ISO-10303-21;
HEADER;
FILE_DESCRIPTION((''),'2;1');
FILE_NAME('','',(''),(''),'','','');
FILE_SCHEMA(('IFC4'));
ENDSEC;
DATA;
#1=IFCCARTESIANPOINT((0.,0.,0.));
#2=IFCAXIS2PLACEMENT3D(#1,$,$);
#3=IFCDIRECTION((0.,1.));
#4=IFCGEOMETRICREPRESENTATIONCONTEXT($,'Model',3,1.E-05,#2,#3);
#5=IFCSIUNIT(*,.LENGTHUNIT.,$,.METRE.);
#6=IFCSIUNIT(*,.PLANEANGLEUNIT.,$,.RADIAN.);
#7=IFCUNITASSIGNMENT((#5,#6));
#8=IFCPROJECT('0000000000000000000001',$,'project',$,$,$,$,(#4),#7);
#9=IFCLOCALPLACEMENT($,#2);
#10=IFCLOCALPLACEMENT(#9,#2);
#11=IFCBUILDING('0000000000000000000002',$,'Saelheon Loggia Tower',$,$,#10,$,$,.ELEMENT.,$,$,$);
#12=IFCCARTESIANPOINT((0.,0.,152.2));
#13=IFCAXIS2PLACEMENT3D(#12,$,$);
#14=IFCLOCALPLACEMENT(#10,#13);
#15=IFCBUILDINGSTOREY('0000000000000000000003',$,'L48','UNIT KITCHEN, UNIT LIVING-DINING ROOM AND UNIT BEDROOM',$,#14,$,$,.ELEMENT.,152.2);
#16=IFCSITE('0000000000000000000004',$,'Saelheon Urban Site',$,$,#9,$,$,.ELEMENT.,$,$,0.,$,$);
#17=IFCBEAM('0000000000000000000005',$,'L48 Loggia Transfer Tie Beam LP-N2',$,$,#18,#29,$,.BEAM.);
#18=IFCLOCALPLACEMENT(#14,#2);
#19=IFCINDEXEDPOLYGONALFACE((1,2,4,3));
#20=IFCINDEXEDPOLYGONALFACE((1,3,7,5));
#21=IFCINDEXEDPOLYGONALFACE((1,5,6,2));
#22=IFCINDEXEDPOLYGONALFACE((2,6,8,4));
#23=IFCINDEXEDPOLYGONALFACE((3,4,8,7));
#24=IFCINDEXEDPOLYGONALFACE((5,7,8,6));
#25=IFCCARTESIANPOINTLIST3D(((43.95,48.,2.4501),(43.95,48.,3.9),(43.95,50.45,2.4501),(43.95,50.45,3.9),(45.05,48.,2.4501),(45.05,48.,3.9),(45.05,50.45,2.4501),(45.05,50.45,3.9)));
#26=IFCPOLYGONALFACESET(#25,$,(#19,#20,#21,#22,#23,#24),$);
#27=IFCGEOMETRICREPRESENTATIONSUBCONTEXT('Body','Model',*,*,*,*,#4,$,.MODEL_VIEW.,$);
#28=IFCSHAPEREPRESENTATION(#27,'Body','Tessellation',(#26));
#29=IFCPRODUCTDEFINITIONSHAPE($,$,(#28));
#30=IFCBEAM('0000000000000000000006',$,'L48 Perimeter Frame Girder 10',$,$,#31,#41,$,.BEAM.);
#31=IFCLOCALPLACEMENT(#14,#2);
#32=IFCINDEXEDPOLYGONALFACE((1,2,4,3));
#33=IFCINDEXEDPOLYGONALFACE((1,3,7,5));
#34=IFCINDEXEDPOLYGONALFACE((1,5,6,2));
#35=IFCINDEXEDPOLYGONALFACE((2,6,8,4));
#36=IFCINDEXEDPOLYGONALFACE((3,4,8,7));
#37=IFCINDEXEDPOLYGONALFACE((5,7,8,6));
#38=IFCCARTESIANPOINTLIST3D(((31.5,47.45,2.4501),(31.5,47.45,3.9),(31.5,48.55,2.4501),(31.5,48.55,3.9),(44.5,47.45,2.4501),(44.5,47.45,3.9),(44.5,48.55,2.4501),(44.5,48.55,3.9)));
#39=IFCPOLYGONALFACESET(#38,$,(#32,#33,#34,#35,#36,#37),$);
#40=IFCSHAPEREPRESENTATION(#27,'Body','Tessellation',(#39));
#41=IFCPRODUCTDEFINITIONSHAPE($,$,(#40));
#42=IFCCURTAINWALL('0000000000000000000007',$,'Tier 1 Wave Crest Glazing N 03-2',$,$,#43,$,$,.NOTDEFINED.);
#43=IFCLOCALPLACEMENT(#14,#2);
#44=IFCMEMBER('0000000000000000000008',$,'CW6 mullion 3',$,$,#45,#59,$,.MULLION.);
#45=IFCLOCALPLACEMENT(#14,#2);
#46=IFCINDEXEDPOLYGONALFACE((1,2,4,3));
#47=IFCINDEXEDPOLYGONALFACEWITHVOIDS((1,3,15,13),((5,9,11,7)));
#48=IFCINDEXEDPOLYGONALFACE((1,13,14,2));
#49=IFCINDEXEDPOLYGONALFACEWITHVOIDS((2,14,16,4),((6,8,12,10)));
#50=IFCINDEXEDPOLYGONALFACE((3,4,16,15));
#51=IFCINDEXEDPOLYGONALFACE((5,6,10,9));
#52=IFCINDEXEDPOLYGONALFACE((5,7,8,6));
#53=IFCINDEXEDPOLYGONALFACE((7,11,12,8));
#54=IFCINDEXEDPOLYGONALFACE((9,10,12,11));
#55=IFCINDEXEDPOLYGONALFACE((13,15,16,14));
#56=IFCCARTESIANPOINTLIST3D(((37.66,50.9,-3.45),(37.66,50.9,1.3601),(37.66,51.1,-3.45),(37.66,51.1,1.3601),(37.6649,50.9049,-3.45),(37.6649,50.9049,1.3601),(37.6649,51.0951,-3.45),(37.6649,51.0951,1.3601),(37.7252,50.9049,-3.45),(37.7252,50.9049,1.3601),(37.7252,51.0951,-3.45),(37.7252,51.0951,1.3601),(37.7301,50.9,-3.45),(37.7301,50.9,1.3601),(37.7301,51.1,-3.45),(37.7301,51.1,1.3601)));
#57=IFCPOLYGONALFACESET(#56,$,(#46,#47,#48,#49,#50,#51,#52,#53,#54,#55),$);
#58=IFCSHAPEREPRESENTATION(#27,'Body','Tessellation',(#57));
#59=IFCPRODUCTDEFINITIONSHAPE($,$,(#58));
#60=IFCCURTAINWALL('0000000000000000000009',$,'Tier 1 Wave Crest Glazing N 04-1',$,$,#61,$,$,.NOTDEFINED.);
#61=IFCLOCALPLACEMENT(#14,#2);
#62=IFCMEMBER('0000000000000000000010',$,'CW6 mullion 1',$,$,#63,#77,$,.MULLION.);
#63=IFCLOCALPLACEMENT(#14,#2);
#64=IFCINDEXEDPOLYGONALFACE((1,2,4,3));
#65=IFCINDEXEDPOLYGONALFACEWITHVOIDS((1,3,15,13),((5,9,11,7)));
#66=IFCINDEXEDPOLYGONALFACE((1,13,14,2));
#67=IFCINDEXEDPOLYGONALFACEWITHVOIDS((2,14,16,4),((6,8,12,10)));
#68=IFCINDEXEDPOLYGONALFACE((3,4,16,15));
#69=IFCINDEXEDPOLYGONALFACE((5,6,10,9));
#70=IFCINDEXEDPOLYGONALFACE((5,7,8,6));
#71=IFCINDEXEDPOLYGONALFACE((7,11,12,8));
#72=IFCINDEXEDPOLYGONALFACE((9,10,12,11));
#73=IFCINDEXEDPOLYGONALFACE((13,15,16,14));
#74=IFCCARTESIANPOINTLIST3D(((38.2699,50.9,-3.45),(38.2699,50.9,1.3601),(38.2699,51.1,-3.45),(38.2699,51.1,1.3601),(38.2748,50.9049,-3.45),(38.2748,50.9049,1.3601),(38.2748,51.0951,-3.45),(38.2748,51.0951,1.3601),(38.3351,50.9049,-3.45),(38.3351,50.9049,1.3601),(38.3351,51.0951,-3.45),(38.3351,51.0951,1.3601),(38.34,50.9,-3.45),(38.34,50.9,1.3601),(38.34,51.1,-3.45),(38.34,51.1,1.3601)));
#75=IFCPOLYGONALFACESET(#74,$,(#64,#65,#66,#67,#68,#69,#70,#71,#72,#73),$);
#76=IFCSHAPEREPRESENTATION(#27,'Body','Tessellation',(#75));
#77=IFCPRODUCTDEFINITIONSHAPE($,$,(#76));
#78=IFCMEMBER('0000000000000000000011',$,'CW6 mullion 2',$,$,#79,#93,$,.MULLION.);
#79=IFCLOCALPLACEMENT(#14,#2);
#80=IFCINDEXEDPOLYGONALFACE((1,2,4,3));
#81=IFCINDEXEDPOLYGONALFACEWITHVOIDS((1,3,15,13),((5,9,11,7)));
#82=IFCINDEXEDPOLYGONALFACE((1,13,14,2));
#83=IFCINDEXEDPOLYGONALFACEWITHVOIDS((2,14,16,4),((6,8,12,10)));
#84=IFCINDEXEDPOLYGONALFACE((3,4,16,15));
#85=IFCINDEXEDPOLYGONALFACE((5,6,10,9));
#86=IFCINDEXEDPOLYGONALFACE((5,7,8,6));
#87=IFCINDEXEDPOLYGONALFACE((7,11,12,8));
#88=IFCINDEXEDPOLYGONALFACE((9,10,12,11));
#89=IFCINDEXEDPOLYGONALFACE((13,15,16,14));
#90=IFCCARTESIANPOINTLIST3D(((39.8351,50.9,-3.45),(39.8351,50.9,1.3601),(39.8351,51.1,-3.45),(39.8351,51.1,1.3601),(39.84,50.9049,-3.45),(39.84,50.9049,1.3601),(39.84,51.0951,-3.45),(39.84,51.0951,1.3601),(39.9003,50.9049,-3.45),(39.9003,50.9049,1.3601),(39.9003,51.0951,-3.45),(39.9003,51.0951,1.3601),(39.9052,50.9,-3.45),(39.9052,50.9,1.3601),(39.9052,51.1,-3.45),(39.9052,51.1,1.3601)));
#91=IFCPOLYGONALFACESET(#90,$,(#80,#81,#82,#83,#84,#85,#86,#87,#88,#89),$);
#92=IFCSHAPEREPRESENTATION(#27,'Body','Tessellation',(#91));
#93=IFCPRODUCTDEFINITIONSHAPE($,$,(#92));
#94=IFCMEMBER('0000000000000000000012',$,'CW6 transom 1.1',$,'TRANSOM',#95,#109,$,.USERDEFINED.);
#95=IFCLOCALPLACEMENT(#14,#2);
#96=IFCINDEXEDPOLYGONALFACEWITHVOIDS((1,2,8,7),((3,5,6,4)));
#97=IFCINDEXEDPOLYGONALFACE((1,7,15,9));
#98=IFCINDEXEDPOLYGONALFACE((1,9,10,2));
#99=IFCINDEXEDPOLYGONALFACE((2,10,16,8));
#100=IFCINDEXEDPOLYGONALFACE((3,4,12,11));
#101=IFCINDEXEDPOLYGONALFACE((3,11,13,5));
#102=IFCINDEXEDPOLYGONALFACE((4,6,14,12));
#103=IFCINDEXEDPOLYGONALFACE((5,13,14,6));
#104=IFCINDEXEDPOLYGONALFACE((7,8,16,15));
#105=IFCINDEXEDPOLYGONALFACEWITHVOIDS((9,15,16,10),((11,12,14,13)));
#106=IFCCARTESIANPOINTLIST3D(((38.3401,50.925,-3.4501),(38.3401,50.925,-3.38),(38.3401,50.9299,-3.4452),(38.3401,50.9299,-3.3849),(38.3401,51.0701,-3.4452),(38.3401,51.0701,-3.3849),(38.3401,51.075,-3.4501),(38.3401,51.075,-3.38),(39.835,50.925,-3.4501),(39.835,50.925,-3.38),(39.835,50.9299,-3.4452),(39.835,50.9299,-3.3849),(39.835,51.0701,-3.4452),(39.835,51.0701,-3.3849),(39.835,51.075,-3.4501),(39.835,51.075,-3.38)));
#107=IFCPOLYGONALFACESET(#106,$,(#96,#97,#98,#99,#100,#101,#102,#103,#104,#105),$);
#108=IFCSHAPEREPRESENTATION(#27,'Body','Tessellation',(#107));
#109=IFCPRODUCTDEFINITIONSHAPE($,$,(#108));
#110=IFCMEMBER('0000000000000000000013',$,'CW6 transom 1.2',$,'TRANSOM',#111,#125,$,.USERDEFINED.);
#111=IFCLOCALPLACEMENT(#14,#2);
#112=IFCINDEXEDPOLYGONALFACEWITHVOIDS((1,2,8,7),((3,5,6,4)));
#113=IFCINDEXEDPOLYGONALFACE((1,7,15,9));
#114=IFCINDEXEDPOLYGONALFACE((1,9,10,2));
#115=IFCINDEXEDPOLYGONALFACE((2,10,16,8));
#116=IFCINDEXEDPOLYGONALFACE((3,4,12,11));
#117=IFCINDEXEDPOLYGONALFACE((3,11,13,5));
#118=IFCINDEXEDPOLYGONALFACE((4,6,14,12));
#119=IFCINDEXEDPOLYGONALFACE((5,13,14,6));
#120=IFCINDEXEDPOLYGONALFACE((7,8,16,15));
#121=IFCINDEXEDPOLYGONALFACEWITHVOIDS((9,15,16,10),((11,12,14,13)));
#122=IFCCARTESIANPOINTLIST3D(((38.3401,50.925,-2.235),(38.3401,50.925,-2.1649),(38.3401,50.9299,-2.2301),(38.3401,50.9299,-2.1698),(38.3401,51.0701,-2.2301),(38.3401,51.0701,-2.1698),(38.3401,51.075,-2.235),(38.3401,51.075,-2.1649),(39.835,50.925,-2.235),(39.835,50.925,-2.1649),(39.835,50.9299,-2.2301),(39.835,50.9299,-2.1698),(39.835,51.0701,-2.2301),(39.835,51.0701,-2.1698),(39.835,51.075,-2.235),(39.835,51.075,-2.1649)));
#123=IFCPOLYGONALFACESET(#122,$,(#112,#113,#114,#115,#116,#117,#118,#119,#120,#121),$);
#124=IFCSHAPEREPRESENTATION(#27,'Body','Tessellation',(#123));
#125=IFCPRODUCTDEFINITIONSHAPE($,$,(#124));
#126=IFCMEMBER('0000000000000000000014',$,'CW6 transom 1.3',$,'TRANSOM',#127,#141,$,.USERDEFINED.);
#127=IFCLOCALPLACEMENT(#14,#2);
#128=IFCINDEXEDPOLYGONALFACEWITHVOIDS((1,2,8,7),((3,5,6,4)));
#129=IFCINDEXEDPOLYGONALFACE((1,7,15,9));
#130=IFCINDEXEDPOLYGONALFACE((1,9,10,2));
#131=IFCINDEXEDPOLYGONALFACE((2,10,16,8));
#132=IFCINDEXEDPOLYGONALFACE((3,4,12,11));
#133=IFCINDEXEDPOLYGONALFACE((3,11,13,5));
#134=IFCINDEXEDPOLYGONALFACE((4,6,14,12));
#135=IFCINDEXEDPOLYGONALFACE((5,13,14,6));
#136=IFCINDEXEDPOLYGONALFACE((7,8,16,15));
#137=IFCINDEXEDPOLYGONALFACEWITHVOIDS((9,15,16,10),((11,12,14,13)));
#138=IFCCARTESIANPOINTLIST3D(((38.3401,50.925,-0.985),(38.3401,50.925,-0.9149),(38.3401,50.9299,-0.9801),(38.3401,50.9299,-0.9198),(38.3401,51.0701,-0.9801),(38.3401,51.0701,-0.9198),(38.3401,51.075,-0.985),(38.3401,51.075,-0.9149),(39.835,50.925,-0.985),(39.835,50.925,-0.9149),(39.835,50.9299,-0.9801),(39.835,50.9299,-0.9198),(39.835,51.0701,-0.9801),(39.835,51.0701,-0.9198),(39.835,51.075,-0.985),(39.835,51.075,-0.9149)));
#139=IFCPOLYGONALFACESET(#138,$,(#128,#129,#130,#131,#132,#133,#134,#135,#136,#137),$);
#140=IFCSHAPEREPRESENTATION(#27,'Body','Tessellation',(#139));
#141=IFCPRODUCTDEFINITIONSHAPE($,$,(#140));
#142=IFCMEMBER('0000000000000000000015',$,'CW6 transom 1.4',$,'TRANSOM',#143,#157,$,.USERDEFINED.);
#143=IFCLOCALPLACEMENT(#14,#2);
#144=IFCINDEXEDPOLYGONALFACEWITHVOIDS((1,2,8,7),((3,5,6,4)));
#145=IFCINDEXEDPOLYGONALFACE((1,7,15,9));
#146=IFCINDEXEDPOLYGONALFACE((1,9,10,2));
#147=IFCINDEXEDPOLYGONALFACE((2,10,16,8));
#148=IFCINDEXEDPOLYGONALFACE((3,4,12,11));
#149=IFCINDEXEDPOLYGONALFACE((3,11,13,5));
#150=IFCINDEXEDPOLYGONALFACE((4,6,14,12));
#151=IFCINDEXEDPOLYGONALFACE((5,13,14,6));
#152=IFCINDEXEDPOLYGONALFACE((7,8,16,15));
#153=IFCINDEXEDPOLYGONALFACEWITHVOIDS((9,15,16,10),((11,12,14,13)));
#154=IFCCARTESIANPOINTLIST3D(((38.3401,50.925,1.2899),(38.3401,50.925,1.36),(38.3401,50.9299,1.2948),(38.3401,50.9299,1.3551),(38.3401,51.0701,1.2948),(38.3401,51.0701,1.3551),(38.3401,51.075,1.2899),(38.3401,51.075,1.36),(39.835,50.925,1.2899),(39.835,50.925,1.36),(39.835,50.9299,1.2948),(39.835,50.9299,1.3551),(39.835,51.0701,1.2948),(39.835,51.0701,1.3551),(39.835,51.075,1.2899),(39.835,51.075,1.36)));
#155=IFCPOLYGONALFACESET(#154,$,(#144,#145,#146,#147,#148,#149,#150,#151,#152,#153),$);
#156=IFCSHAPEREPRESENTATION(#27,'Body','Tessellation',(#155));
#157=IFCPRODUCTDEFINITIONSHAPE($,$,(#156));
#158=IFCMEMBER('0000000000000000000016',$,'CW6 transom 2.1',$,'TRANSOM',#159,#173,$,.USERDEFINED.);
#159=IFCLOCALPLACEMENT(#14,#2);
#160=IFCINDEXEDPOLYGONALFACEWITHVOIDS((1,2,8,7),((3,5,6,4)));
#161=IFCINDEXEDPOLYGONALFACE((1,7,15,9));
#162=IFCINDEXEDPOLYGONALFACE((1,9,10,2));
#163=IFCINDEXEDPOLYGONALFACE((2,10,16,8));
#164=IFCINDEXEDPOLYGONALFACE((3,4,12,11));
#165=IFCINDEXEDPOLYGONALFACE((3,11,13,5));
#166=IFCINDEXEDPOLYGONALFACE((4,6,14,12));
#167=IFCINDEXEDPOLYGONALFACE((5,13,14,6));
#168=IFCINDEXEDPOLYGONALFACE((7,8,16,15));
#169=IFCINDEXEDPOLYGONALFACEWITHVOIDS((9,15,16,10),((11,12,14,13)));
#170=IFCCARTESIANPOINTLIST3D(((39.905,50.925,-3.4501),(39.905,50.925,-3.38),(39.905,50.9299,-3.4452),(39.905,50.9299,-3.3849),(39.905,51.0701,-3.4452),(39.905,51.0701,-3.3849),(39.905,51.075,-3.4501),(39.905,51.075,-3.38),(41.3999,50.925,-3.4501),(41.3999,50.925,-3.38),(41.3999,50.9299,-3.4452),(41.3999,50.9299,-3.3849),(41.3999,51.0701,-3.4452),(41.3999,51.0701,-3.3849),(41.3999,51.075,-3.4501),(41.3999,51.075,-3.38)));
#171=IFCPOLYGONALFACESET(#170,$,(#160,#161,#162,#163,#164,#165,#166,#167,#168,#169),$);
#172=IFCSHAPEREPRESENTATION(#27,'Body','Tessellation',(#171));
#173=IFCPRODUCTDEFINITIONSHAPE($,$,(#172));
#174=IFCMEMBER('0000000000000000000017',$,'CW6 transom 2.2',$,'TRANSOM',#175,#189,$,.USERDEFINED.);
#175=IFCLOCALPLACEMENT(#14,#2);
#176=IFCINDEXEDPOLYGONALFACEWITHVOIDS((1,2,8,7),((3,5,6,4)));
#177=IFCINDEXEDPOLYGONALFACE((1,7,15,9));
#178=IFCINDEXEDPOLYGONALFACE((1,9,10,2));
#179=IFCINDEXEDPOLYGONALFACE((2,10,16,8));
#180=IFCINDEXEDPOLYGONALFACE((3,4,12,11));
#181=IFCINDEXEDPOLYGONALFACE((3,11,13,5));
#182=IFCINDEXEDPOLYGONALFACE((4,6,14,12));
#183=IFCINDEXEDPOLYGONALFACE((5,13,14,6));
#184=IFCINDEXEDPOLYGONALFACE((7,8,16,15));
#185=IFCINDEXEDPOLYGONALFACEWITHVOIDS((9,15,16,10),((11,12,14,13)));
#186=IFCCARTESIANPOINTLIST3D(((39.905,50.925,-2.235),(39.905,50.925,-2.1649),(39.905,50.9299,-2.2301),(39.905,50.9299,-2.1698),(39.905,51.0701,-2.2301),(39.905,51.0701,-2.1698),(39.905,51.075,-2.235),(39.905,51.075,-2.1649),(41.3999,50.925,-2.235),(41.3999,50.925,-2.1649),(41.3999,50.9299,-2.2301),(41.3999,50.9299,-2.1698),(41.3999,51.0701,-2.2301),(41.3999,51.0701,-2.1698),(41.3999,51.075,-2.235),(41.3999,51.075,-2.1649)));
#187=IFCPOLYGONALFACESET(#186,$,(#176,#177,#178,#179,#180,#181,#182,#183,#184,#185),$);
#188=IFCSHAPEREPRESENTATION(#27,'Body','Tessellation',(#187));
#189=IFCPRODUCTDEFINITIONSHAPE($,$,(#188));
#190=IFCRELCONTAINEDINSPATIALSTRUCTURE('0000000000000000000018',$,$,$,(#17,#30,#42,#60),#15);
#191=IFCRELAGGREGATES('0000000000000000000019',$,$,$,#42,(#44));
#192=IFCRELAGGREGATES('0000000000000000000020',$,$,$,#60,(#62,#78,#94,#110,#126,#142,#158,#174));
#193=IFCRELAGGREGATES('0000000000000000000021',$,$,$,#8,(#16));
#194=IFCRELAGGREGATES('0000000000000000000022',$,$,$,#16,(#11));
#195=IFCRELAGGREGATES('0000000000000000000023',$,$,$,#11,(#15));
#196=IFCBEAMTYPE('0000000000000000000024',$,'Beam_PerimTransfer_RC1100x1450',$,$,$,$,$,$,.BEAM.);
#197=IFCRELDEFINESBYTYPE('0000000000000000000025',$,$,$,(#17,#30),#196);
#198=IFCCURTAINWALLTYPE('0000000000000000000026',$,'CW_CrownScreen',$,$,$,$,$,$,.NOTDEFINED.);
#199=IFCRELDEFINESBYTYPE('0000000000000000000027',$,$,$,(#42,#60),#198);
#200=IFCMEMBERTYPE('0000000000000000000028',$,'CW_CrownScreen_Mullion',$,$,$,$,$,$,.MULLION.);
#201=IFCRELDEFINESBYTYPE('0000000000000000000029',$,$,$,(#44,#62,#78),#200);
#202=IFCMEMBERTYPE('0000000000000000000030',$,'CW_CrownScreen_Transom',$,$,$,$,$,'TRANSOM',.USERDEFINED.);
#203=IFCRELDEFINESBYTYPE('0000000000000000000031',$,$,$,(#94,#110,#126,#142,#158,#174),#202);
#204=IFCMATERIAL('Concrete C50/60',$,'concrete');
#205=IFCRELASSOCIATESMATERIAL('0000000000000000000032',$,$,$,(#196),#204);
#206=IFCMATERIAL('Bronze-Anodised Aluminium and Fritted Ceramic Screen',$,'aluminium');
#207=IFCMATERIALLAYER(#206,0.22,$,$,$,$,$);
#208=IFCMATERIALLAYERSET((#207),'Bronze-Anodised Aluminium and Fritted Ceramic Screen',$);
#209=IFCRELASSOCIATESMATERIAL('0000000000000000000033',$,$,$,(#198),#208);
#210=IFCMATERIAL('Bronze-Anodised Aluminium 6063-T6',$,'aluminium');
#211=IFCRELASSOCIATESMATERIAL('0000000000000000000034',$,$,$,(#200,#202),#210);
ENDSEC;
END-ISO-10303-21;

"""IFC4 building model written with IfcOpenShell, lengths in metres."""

from ifc_helpers import new_model, si_unit, direction, frame, origin, origin_2d, place, context, subcontext, project, spatial, rectangle, hollow_rectangle, extrude, source, transform, mapped, material, layer, layer_set, material_profile, profile_set, type_object, element, aggregate, save


model = new_model("IFC4")

# Units and contexts
model_context = context("Model", 3, precision=1e-05, world=origin(), true_north=direction((0.0, 1.0)))
body_context = subcontext(model_context, "Body", "Model", "MODEL_VIEW")
ifc_project = project(units=[si_unit("LENGTHUNIT", "METRE"), si_unit("PLANEANGLEUNIT", "RADIAN")], contexts=[model_context])

# Site, building, storey
site_placement = place(None, origin())
site = spatial("IfcSite", under=ifc_project, at=site_placement, Name="Saelheon Urban Site", CompositionType="ELEMENT", RefElevation=0.0)
building_placement = place(site_placement, origin())
building = spatial("IfcBuilding", under=site, at=building_placement, Name="Saelheon Loggia Tower", CompositionType="ELEMENT")
storey_placement = place(building_placement, frame((0.0, 0.0, 152.2)))
storey = spatial("IfcBuildingStorey", under=building, at=storey_placement, Name="L48", Description="UNIT KITCHEN, UNIT LIVING-DINING ROOM AND UNIT BEDROOM", CompositionType="ELEMENT", Elevation=152.2)

# Shared definitions
ifc_material_1 = material(Name="Concrete C50/60", Category="concrete")

# Beams
ifc_material_profile_1 = material_profile(ifc_material_1, rectangle(XDim=1.1001, YDim=1.45, at=origin_2d()), Name="RC-1100x1450")
ifc_profile_set_1 = profile_set([ifc_material_profile_1], Name="Concrete C50/60")
beam_type = type_object("IfcBeamType", Name="Beam_PerimTransfer_RC1100x1450", PredefinedType="BEAM", material=ifc_profile_set_1)
shared_shape_1 = source(origin(), body_context, "Body", "SweptSolid", [
    extrude(rectangle(XDim=1.1001, YDim=1.45, at=origin_2d()), origin(), (0.0, 0.0, 1.0), 2.45),
])
beam_1_placement = place(storey_placement, frame((44.5, 48.0, 3.175), z_axis=(0.0, 1.0, 0.0), x_axis=(-1.0, 0.0, 0.0)))
element("IfcBeam", 1, at=beam_1_placement, inside=storey, type_object=beam_type, Name="L48 Loggia Transfer Tie Beam LP-N2", PredefinedType="BEAM", context=body_context, shape_type="MappedRepresentation", body=[
    mapped(shared_shape_1, transform((0.0, 0.0, 0.0), scale=1.0)),
])
shared_shape_2 = source(origin(), body_context, "Body", "SweptSolid", [
    extrude(rectangle(XDim=1.1001, YDim=1.45, at=origin_2d()), origin(), (0.0, 0.0, 1.0), 13.0),
])
beam_2_placement = place(storey_placement, frame((44.5, 48.0, 3.175), z_axis=(-1.0, 0.0, 0.0), x_axis=(0.0, -1.0, 0.0)))
element("IfcBeam", 2, at=beam_2_placement, inside=storey, type_object=beam_type, Name="L48 Perimeter Frame Girder 10", PredefinedType="BEAM", context=body_context, shape_type="MappedRepresentation", body=[
    mapped(shared_shape_2, transform((0.0, 0.0, 0.0), scale=1.0)),
])

# Curtain wall, member
ifc_material_2 = material(Name="Bronze-Anodised Aluminium and Fritted Ceramic Screen", Category="aluminium")
ifc_layer_1 = layer(ifc_material_2, 0.22)
ifc_layer_set_1 = layer_set([ifc_layer_1], Name="Bronze-Anodised Aluminium and Fritted Ceramic Screen")
curtain_wall_type = type_object("IfcCurtainWallType", Name="CW_CrownScreen", PredefinedType="NOTDEFINED", material=ifc_layer_set_1)
curtain_wall_1_placement = place(storey_placement, origin())
curtain_wall_1 = element("IfcCurtainWall", 3, at=curtain_wall_1_placement, inside=storey, type_object=curtain_wall_type, Name="Tier 1 Wave Crest Glazing N 03-2", PredefinedType="NOTDEFINED")
ifc_material_3 = material(Name="Bronze-Anodised Aluminium 6063-T6", Category="aluminium")
ifc_material_profile_2 = material_profile(ifc_material_3, hollow_rectangle(XDim=0.0701, YDim=0.2, WallThickness=0.0049, at=origin_2d()), Name="RHS-200x70x5")
ifc_profile_set_2 = profile_set([ifc_material_profile_2], Name="Bronze-Anodised Aluminium 6063-T6")
member_type_1 = type_object("IfcMemberType", Name="CW_CrownScreen_Mullion", PredefinedType="MULLION", material=ifc_profile_set_2)
shared_shape_3 = source(origin(), body_context, "Body", "SweptSolid", [
    extrude(hollow_rectangle(XDim=0.0701, YDim=0.2, WallThickness=0.0049, at=origin_2d()), origin(), (0.0, 0.0, 1.0), 4.8101),
])
member_1_placement = place(storey_placement, frame((37.6951, 51.0, -3.45), z_axis=(0.0, 0.0, 1.0), x_axis=(1.0, 0.0, 0.0)))
member_1 = element("IfcMember", 4, at=member_1_placement, type_object=member_type_1, Name="CW6 mullion 3", PredefinedType="MULLION", context=body_context, shape_type="MappedRepresentation", body=[
    mapped(shared_shape_3, transform((0.0, 0.0, 0.0), scale=1.0)),
])

# Curtain wall, members
curtain_wall_2_placement = place(storey_placement, origin())
curtain_wall_2 = element("IfcCurtainWall", 5, at=curtain_wall_2_placement, inside=storey, type_object=curtain_wall_type, Name="Tier 1 Wave Crest Glazing N 04-1", PredefinedType="NOTDEFINED")
member_2_placement = place(storey_placement, frame((38.3049, 51.0, -3.45), z_axis=(0.0, 0.0, 1.0), x_axis=(1.0, 0.0, 0.0)))
member_2 = element("IfcMember", 6, at=member_2_placement, type_object=member_type_1, Name="CW6 mullion 1", PredefinedType="MULLION", context=body_context, shape_type="MappedRepresentation", body=[
    mapped(shared_shape_3, transform((0.0, 0.0, 0.0), scale=1.0)),
])
member_3_placement = place(storey_placement, frame((39.8701, 51.0, -3.45), z_axis=(0.0, 0.0, 1.0), x_axis=(1.0, 0.0, 0.0)))
member_3 = element("IfcMember", 7, at=member_3_placement, type_object=member_type_1, Name="CW6 mullion 2", PredefinedType="MULLION", context=body_context, shape_type="MappedRepresentation", body=[
    mapped(shared_shape_3, transform((0.0, 0.0, 0.0), scale=1.0)),
])
ifc_material_profile_3 = material_profile(ifc_material_3, hollow_rectangle(XDim=0.0701, YDim=0.1499, WallThickness=0.0049, at=origin_2d()), Name="RHS-150x70x5")
ifc_profile_set_3 = profile_set([ifc_material_profile_3], Name="Bronze-Anodised Aluminium 6063-T6")
member_type_2 = type_object("IfcMemberType", Name="CW_CrownScreen_Transom", ElementType="TRANSOM", PredefinedType="USERDEFINED", material=ifc_profile_set_3)
shared_shape_4 = source(origin(), body_context, "Body", "SweptSolid", [
    extrude(hollow_rectangle(XDim=0.0701, YDim=0.1499, WallThickness=0.0049, at=origin_2d()), origin(), (0.0, 0.0, 1.0), 1.4949),
])
member_4_placement = place(storey_placement, frame((38.3401, 51.0, -3.415), z_axis=(1.0, 0.0, 0.0), x_axis=(0.0, 0.0, 1.0)))
member_4 = element("IfcMember", 8, at=member_4_placement, type_object=member_type_2, Name="CW6 transom 1.1", ObjectType="TRANSOM", PredefinedType="USERDEFINED", context=body_context, shape_type="MappedRepresentation", body=[
    mapped(shared_shape_4, transform((0.0, 0.0, 0.0), scale=1.0)),
])
member_5_placement = place(storey_placement, frame((38.3401, 51.0, -2.2), z_axis=(1.0, 0.0, 0.0), x_axis=(0.0, 0.0, 1.0)))
member_5 = element("IfcMember", 9, at=member_5_placement, type_object=member_type_2, Name="CW6 transom 1.2", ObjectType="TRANSOM", PredefinedType="USERDEFINED", context=body_context, shape_type="MappedRepresentation", body=[
    mapped(shared_shape_4, transform((0.0, 0.0, 0.0), scale=1.0)),
])
member_6_placement = place(storey_placement, frame((38.3401, 51.0, -0.95), z_axis=(1.0, 0.0, 0.0), x_axis=(0.0, 0.0, 1.0)))
member_6 = element("IfcMember", 10, at=member_6_placement, type_object=member_type_2, Name="CW6 transom 1.3", ObjectType="TRANSOM", PredefinedType="USERDEFINED", context=body_context, shape_type="MappedRepresentation", body=[
    mapped(shared_shape_4, transform((0.0, 0.0, 0.0), scale=1.0)),
])
member_7_placement = place(storey_placement, frame((38.3401, 51.0, 1.325), z_axis=(1.0, 0.0, 0.0), x_axis=(0.0, 0.0, 1.0)))
member_7 = element("IfcMember", 11, at=member_7_placement, type_object=member_type_2, Name="CW6 transom 1.4", ObjectType="TRANSOM", PredefinedType="USERDEFINED", context=body_context, shape_type="MappedRepresentation", body=[
    mapped(shared_shape_4, transform((0.0, 0.0, 0.0), scale=1.0)),
])
member_8_placement = place(storey_placement, frame((39.905, 51.0, -3.415), z_axis=(1.0, 0.0, 0.0), x_axis=(0.0, 0.0, 1.0)))
member_8 = element("IfcMember", 12, at=member_8_placement, type_object=member_type_2, Name="CW6 transom 2.1", ObjectType="TRANSOM", PredefinedType="USERDEFINED", context=body_context, shape_type="MappedRepresentation", body=[
    mapped(shared_shape_4, transform((0.0, 0.0, 0.0), scale=1.0)),
])
member_9_placement = place(storey_placement, frame((39.905, 51.0, -2.2), z_axis=(1.0, 0.0, 0.0), x_axis=(0.0, 0.0, 1.0)))
member_9 = element("IfcMember", 13, at=member_9_placement, type_object=member_type_2, Name="CW6 transom 2.2", ObjectType="TRANSOM", PredefinedType="USERDEFINED", context=body_context, shape_type="MappedRepresentation", body=[
    mapped(shared_shape_4, transform((0.0, 0.0, 0.0), scale=1.0)),
])

aggregate(curtain_wall_1, [member_1])
aggregate(curtain_wall_2, [member_2, member_3, member_4, member_5, member_6, member_7, member_8, member_9])

save(model, "model.ifc")
